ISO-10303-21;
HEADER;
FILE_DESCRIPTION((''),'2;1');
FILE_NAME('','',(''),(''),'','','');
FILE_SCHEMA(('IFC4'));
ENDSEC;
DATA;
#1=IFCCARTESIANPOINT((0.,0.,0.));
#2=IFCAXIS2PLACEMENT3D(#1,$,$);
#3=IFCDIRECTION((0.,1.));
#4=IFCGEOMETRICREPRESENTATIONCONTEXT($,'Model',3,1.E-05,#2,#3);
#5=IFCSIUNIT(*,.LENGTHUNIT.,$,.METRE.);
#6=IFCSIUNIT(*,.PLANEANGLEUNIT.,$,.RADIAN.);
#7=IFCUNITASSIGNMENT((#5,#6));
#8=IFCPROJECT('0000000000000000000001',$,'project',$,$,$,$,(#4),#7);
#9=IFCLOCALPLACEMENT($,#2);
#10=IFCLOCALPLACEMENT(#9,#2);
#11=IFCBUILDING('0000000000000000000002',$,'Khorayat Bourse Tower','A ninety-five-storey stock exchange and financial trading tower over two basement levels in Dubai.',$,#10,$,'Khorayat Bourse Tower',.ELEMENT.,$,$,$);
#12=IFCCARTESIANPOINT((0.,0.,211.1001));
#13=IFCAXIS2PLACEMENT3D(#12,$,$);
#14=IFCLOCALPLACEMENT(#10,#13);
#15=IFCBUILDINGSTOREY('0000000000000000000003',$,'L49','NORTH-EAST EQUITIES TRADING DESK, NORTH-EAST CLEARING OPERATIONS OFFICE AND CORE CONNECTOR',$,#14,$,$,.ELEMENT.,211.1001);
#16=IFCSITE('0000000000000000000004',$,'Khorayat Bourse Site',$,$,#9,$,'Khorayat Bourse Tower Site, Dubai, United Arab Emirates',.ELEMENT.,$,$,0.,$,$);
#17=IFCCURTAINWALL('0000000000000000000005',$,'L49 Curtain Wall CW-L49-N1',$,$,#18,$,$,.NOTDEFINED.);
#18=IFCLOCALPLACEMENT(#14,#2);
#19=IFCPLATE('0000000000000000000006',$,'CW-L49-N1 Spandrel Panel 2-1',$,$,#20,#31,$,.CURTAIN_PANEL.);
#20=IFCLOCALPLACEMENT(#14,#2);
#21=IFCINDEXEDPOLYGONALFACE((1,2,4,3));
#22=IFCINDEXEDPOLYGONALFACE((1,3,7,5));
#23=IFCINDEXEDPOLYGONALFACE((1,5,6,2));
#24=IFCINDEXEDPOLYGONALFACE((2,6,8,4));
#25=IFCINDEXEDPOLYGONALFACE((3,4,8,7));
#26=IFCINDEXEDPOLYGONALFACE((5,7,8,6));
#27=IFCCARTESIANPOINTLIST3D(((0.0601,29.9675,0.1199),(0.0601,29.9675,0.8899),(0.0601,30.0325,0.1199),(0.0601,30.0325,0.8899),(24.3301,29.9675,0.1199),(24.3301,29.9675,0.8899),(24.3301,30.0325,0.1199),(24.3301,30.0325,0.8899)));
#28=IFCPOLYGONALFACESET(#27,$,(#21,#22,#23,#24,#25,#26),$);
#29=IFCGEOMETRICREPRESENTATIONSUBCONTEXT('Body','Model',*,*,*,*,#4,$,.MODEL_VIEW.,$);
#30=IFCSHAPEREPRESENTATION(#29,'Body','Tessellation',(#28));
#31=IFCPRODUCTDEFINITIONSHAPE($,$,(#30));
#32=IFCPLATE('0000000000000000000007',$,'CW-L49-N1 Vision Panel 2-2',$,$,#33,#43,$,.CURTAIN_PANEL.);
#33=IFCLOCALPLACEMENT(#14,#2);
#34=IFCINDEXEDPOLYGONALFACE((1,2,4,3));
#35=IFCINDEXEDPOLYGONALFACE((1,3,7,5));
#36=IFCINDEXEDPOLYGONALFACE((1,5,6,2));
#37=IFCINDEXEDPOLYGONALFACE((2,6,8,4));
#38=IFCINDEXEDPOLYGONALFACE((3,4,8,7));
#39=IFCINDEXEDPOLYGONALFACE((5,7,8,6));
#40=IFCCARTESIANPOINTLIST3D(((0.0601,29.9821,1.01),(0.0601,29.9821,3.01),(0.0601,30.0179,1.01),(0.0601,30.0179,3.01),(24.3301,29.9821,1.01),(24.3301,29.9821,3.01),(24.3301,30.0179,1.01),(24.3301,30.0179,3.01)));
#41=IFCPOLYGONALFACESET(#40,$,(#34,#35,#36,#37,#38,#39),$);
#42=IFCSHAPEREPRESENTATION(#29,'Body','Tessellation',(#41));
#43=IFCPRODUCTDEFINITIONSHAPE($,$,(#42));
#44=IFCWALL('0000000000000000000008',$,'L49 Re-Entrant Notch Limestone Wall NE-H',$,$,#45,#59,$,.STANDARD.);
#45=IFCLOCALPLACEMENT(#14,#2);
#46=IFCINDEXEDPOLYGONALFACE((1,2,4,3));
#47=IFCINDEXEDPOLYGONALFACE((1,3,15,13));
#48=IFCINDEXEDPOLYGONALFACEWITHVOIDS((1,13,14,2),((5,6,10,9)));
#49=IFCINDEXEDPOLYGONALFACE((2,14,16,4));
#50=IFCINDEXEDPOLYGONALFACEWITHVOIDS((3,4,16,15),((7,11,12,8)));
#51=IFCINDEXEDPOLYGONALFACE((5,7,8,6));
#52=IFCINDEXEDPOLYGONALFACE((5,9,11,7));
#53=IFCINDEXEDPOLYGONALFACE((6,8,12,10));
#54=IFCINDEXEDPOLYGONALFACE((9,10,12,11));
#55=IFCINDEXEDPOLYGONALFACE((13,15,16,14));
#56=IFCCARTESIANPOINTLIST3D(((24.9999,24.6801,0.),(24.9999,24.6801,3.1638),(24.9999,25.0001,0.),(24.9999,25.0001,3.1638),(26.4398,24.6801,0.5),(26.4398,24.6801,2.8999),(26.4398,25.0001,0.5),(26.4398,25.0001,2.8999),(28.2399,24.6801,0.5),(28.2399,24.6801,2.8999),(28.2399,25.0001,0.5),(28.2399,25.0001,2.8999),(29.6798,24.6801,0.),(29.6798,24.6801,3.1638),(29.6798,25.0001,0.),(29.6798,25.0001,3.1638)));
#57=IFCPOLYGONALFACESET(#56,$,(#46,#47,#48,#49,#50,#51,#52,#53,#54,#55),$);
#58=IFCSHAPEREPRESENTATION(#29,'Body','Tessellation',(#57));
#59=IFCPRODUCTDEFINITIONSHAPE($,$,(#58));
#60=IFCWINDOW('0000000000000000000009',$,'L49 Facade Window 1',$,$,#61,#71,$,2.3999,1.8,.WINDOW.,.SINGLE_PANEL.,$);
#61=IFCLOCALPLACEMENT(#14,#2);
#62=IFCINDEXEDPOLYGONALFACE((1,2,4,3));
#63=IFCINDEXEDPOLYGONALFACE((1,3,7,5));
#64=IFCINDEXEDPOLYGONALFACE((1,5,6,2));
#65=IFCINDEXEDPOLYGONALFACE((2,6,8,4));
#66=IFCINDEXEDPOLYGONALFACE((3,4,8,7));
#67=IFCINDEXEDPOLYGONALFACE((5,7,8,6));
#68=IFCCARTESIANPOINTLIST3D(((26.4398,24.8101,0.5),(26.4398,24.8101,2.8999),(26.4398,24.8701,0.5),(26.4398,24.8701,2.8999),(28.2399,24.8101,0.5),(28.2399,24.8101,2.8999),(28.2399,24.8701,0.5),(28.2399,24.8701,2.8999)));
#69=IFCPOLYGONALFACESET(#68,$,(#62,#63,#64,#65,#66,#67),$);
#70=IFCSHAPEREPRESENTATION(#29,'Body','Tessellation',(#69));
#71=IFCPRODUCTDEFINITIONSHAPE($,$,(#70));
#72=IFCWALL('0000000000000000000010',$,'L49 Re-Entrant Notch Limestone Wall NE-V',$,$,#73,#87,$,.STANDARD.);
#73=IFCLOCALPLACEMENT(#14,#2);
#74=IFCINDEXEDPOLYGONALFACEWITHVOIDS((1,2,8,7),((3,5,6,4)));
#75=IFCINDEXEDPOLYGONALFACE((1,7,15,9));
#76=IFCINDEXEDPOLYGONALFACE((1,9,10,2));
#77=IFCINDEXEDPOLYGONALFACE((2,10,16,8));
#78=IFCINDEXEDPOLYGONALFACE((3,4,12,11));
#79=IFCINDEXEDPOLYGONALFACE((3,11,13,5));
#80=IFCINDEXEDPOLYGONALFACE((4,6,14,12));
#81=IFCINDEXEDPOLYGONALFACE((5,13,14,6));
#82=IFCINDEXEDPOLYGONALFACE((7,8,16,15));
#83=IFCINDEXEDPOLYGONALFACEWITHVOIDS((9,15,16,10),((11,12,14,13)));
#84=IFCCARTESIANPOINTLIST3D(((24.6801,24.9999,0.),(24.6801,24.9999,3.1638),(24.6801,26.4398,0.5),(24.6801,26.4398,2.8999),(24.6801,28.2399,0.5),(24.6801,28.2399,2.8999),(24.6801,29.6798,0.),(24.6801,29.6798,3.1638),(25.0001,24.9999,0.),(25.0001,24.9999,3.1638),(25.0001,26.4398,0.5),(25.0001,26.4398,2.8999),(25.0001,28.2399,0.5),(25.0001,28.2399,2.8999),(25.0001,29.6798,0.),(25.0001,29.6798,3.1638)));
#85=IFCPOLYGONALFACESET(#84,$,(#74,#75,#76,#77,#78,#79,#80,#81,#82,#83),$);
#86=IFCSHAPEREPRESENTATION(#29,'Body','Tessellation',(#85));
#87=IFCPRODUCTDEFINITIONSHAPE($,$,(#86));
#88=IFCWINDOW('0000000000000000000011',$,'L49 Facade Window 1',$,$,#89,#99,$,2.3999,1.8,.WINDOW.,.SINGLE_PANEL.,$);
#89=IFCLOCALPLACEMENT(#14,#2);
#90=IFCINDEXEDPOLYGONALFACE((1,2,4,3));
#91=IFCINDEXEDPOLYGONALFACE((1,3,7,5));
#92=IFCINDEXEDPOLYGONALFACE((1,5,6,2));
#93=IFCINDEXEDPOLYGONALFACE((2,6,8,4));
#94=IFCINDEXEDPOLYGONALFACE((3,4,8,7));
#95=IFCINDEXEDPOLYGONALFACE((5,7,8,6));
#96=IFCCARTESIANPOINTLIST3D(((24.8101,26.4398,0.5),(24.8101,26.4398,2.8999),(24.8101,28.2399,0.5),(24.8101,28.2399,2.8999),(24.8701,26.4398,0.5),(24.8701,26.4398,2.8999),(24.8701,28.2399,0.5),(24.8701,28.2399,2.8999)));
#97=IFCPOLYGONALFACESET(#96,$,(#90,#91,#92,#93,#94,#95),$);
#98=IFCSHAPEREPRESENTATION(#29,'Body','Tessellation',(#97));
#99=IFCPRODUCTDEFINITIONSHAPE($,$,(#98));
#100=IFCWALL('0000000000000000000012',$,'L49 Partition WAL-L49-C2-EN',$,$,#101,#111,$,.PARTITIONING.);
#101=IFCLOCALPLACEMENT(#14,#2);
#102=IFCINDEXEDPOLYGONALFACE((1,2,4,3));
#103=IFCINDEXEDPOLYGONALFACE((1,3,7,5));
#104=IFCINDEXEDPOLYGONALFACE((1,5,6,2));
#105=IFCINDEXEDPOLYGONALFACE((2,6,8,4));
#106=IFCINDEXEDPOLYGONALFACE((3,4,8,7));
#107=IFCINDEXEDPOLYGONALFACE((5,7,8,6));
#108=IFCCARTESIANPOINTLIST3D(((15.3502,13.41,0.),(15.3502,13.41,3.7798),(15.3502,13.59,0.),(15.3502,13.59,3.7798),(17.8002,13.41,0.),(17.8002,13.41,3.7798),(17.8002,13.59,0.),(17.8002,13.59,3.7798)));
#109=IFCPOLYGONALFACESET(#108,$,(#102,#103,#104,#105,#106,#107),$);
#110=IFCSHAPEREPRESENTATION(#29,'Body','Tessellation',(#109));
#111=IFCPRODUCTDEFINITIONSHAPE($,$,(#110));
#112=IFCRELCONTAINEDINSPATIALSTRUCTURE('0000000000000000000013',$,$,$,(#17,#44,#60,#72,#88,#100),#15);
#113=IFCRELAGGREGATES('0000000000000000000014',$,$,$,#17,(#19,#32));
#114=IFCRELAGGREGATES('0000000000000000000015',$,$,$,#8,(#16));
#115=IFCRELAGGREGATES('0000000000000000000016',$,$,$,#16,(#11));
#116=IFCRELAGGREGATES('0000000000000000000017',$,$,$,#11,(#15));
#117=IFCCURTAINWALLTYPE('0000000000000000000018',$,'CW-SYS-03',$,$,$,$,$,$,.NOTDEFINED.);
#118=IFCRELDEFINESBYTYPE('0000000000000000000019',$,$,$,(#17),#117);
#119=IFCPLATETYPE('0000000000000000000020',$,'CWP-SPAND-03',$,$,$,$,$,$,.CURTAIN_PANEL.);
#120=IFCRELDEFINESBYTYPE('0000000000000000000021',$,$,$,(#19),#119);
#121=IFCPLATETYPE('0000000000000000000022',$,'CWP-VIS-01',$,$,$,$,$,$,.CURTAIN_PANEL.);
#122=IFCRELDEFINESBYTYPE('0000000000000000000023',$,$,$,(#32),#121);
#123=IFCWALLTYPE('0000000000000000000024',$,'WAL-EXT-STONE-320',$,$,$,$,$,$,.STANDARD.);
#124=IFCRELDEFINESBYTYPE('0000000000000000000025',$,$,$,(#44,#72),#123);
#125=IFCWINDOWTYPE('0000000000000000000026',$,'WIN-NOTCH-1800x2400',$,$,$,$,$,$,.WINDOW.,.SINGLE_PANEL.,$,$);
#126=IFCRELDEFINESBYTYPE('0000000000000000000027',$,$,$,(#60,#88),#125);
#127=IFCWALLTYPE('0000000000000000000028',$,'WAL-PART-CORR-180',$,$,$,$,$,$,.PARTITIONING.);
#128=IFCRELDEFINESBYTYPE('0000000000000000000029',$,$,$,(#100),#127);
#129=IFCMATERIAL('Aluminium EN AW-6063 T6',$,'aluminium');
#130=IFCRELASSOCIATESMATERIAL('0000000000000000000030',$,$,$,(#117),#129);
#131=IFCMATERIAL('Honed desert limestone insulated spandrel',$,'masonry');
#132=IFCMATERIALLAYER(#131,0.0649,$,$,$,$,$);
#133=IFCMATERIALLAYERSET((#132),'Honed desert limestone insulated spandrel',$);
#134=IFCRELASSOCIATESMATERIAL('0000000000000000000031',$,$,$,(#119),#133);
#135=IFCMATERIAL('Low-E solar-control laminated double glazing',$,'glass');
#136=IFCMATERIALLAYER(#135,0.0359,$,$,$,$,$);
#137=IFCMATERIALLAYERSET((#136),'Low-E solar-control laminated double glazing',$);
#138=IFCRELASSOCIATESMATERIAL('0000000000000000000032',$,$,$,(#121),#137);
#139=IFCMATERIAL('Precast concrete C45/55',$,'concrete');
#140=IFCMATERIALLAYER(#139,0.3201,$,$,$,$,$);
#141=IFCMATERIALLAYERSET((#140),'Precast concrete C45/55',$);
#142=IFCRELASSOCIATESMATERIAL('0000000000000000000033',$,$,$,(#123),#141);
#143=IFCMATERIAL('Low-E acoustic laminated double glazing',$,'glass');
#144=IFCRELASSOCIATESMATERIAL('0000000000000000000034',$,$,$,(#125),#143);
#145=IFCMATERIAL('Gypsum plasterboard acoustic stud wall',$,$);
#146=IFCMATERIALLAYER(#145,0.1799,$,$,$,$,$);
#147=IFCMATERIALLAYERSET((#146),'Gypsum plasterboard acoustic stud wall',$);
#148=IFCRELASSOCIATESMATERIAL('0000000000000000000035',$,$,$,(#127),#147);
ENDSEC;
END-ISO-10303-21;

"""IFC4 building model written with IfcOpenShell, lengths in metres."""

from ifc_helpers import new_model, si_unit, direction, frame, frame_2d, origin, origin_2d, place, context, subcontext, project, spatial, rectangle, extrude, source, transform, mapped, material, layer, layer_set, type_object, element, fill, aggregate, save


model = new_model("IFC4")

# Units and contexts
model_context = context("Model", 3, precision=1e-05, world=origin(), true_north=direction((0.0, 1.0)))
body_context = subcontext(model_context, "Body", "Model", "MODEL_VIEW")
ifc_project = project(units=[si_unit("LENGTHUNIT", "METRE"), si_unit("PLANEANGLEUNIT", "RADIAN")], contexts=[model_context])

# Site, building, storey
site_placement = place(None, origin())
site = spatial("IfcSite", under=ifc_project, at=site_placement, Name="Khorayat Bourse Site", LongName="Khorayat Bourse Tower Site, Dubai, United Arab Emirates", CompositionType="ELEMENT", RefElevation=0.0)
building_placement = place(site_placement, origin())
building = spatial("IfcBuilding", under=site, at=building_placement, Name="Khorayat Bourse Tower", Description="A ninety-five-storey stock exchange and financial trading tower over two basement levels in Dubai.", LongName="Khorayat Bourse Tower", CompositionType="ELEMENT")
storey_placement = place(building_placement, frame((0.0, 0.0, 211.1001)))
storey = spatial("IfcBuildingStorey", under=building, at=storey_placement, Name="L49", Description="NORTH-EAST EQUITIES TRADING DESK, NORTH-EAST CLEARING OPERATIONS OFFICE AND CORE CONNECTOR", CompositionType="ELEMENT", Elevation=211.1001)

# Curtain wall
ifc_material_1 = material(Name="Aluminium EN AW-6063 T6", Category="aluminium")
curtain_wall_type = type_object("IfcCurtainWallType", Name="CW-SYS-03", PredefinedType="NOTDEFINED", material=ifc_material_1)
curtain_wall_1_placement = place(storey_placement, origin())
curtain_wall_1 = element("IfcCurtainWall", 1, at=curtain_wall_1_placement, inside=storey, type_object=curtain_wall_type, Name="L49 Curtain Wall CW-L49-N1", PredefinedType="NOTDEFINED")

# Plates
ifc_material_2 = material(Name="Honed desert limestone insulated spandrel", Category="masonry")
ifc_layer_1 = layer(ifc_material_2, 0.0649)
ifc_layer_set_1 = layer_set([ifc_layer_1], Name="Honed desert limestone insulated spandrel")
plate_type_1 = type_object("IfcPlateType", Name="CWP-SPAND-03", PredefinedType="CURTAIN_PANEL", material=ifc_layer_set_1)
shared_shape_1 = source(origin(), body_context, "Body", "SweptSolid", [
    extrude(rectangle(XDim=24.27, YDim=0.0649, at=origin_2d()), origin(), (0.0, 0.0, 1.0), 0.77),
])
plate_1_placement = place(storey_placement, frame((12.1951, 30.0, 0.1199), z_axis=(0.0, 0.0, 1.0), x_axis=(1.0, 0.0, 0.0)))
plate_1 = element("IfcPlate", 2, at=plate_1_placement, type_object=plate_type_1, Name="CW-L49-N1 Spandrel Panel 2-1", PredefinedType="CURTAIN_PANEL", context=body_context, shape_type="MappedRepresentation", body=[
    mapped(shared_shape_1, transform((0.0, 0.0, 0.0), scale=1.0)),
])
ifc_material_3 = material(Name="Low-E solar-control laminated double glazing", Category="glass")
ifc_layer_2 = layer(ifc_material_3, 0.0359)
ifc_layer_set_2 = layer_set([ifc_layer_2], Name="Low-E solar-control laminated double glazing")
plate_type_2 = type_object("IfcPlateType", Name="CWP-VIS-01", PredefinedType="CURTAIN_PANEL", material=ifc_layer_set_2)
shared_shape_2 = source(origin(), body_context, "Body", "SweptSolid", [
    extrude(rectangle(XDim=24.27, YDim=0.0359, at=origin_2d()), origin(), (0.0, 0.0, 1.0), 2.0),
])
plate_2_placement = place(storey_placement, frame((12.1951, 30.0, 1.01), z_axis=(0.0, 0.0, 1.0), x_axis=(1.0, 0.0, 0.0)))
plate_2 = element("IfcPlate", 3, at=plate_2_placement, type_object=plate_type_2, Name="CW-L49-N1 Vision Panel 2-2", PredefinedType="CURTAIN_PANEL", context=body_context, shape_type="MappedRepresentation", body=[
    mapped(shared_shape_2, transform((0.0, 0.0, 0.0), scale=1.0)),
])
aggregate(curtain_wall_1, [plate_1, plate_2])

# Walls, openings, windows
ifc_material_4 = material(Name="Precast concrete C45/55", Category="concrete")
ifc_layer_3 = layer(ifc_material_4, 0.3201)
ifc_layer_set_3 = layer_set([ifc_layer_3], Name="Precast concrete C45/55")
wall_type_1 = type_object("IfcWallType", Name="WAL-EXT-STONE-320", PredefinedType="STANDARD", material=ifc_layer_set_3)
shared_shape_3 = source(origin(), body_context, "Body", "SweptSolid", [
    extrude(rectangle(XDim=4.6799, YDim=0.3201, at=frame_2d((2.3398, 0.0))), origin(), (0.0, 0.0, 1.0), 3.1638),
])
wall_1_placement = place(storey_placement, frame((25.0, 24.8401, 0.0), z_axis=(0.0, 0.0, 1.0), x_axis=(1.0, 0.0, 0.0)))
wall_1 = element("IfcWall", 4, at=wall_1_placement, inside=storey, type_object=wall_type_1, Name="L49 Re-Entrant Notch Limestone Wall NE-H", PredefinedType="STANDARD", context=body_context, shape_type="MappedRepresentation", body=[
    mapped(shared_shape_3, transform((0.0, 0.0, 0.0), scale=1.0)),
])
shared_shape_4 = source(origin(), body_context, "Body", "SweptSolid", [
    extrude(rectangle(XDim=1.8, YDim=2.3999, at=frame_2d((0.8999, 1.2))), frame((0.0, 0.1699, 0.0), z_axis=(0.0, -1.0, 0.0), x_axis=(1.0, 0.0, 0.0)), (0.0, 0.0, 1.0), 0.3401),
])
opening_1_placement = place(wall_1_placement, frame((1.4399, 0.0, 0.5)))
opening_1 = element("IfcOpeningElement", 5, at=opening_1_placement, cuts=wall_1, PredefinedType="OPENING", context=body_context, shape_type="MappedRepresentation", body=[
    mapped(shared_shape_4, transform((0.0, 0.0, 0.0), scale=1.0)),
])
ifc_material_5 = material(Name="Low-E acoustic laminated double glazing", Category="glass")
window_type = type_object("IfcWindowType", Name="WIN-NOTCH-1800x2400", PartitioningType="SINGLE_PANEL", PredefinedType="WINDOW", material=ifc_material_5)
shared_shape_5 = source(origin(), body_context, "Body", "SweptSolid", [
    extrude(rectangle(XDim=1.8, YDim=2.3999, at=frame_2d((0.8999, 1.2))), frame((0.0, 0.03, 0.0), z_axis=(0.0, -1.0, 0.0), x_axis=(1.0, 0.0, 0.0)), (0.0, 0.0, 1.0), 0.0601),
])
window_1_placement = place(opening_1_placement, origin())
window_1 = element("IfcWindow", 6, at=window_1_placement, inside=storey, type_object=window_type, Name="L49 Facade Window 1", OverallHeight=2.3999, OverallWidth=1.8, PartitioningType="SINGLE_PANEL", PredefinedType="WINDOW", context=body_context, shape_type="MappedRepresentation", body=[
    mapped(shared_shape_5, transform((0.0, 0.0, 0.0), scale=1.0)),
])
fill(opening_1, window_1)
wall_2_placement = place(storey_placement, frame((24.8401, 25.0, 0.0), z_axis=(0.0, 0.0, 1.0), x_axis=(0.0, 1.0, 0.0)))
wall_2 = element("IfcWall", 7, at=wall_2_placement, inside=storey, type_object=wall_type_1, Name="L49 Re-Entrant Notch Limestone Wall NE-V", PredefinedType="STANDARD", context=body_context, shape_type="MappedRepresentation", body=[
    mapped(shared_shape_3, transform((0.0, 0.0, 0.0), scale=1.0)),
])
opening_2_placement = place(wall_2_placement, frame((1.4399, 0.0, 0.5)))
opening_2 = element("IfcOpeningElement", 8, at=opening_2_placement, cuts=wall_2, PredefinedType="OPENING", context=body_context, shape_type="MappedRepresentation", body=[
    mapped(shared_shape_4, transform((0.0, 0.0, 0.0), scale=1.0)),
])
window_2_placement = place(opening_2_placement, origin())
window_2 = element("IfcWindow", 9, at=window_2_placement, inside=storey, type_object=window_type, Name="L49 Facade Window 1", OverallHeight=2.3999, OverallWidth=1.8, PartitioningType="SINGLE_PANEL", PredefinedType="WINDOW", context=body_context, shape_type="MappedRepresentation", body=[
    mapped(shared_shape_5, transform((0.0, 0.0, 0.0), scale=1.0)),
])
fill(opening_2, window_2)

# Wall
ifc_material_6 = material(Name="Gypsum plasterboard acoustic stud wall")
ifc_layer_4 = layer(ifc_material_6, 0.1799)
ifc_layer_set_4 = layer_set([ifc_layer_4], Name="Gypsum plasterboard acoustic stud wall")
wall_type_2 = type_object("IfcWallType", Name="WAL-PART-CORR-180", PredefinedType="PARTITIONING", material=ifc_layer_set_4)
shared_shape_6 = source(origin(), body_context, "Body", "SweptSolid", [
    extrude(rectangle(XDim=2.45, YDim=0.1799, at=frame_2d((1.2251, 0.0))), origin(), (0.0, 0.0, 1.0), 3.7798),
])
wall_3_placement = place(storey_placement, frame((15.3501, 13.5, 0.0), z_axis=(0.0, 0.0, 1.0), x_axis=(1.0, 0.0, 0.0)))
element("IfcWall", 10, at=wall_3_placement, inside=storey, type_object=wall_type_2, Name="L49 Partition WAL-L49-C2-EN", PredefinedType="PARTITIONING", context=body_context, shape_type="MappedRepresentation", body=[
    mapped(shared_shape_6, transform((0.0, 0.0, 0.0), scale=1.0)),
])

save(model, "model.ifc")
